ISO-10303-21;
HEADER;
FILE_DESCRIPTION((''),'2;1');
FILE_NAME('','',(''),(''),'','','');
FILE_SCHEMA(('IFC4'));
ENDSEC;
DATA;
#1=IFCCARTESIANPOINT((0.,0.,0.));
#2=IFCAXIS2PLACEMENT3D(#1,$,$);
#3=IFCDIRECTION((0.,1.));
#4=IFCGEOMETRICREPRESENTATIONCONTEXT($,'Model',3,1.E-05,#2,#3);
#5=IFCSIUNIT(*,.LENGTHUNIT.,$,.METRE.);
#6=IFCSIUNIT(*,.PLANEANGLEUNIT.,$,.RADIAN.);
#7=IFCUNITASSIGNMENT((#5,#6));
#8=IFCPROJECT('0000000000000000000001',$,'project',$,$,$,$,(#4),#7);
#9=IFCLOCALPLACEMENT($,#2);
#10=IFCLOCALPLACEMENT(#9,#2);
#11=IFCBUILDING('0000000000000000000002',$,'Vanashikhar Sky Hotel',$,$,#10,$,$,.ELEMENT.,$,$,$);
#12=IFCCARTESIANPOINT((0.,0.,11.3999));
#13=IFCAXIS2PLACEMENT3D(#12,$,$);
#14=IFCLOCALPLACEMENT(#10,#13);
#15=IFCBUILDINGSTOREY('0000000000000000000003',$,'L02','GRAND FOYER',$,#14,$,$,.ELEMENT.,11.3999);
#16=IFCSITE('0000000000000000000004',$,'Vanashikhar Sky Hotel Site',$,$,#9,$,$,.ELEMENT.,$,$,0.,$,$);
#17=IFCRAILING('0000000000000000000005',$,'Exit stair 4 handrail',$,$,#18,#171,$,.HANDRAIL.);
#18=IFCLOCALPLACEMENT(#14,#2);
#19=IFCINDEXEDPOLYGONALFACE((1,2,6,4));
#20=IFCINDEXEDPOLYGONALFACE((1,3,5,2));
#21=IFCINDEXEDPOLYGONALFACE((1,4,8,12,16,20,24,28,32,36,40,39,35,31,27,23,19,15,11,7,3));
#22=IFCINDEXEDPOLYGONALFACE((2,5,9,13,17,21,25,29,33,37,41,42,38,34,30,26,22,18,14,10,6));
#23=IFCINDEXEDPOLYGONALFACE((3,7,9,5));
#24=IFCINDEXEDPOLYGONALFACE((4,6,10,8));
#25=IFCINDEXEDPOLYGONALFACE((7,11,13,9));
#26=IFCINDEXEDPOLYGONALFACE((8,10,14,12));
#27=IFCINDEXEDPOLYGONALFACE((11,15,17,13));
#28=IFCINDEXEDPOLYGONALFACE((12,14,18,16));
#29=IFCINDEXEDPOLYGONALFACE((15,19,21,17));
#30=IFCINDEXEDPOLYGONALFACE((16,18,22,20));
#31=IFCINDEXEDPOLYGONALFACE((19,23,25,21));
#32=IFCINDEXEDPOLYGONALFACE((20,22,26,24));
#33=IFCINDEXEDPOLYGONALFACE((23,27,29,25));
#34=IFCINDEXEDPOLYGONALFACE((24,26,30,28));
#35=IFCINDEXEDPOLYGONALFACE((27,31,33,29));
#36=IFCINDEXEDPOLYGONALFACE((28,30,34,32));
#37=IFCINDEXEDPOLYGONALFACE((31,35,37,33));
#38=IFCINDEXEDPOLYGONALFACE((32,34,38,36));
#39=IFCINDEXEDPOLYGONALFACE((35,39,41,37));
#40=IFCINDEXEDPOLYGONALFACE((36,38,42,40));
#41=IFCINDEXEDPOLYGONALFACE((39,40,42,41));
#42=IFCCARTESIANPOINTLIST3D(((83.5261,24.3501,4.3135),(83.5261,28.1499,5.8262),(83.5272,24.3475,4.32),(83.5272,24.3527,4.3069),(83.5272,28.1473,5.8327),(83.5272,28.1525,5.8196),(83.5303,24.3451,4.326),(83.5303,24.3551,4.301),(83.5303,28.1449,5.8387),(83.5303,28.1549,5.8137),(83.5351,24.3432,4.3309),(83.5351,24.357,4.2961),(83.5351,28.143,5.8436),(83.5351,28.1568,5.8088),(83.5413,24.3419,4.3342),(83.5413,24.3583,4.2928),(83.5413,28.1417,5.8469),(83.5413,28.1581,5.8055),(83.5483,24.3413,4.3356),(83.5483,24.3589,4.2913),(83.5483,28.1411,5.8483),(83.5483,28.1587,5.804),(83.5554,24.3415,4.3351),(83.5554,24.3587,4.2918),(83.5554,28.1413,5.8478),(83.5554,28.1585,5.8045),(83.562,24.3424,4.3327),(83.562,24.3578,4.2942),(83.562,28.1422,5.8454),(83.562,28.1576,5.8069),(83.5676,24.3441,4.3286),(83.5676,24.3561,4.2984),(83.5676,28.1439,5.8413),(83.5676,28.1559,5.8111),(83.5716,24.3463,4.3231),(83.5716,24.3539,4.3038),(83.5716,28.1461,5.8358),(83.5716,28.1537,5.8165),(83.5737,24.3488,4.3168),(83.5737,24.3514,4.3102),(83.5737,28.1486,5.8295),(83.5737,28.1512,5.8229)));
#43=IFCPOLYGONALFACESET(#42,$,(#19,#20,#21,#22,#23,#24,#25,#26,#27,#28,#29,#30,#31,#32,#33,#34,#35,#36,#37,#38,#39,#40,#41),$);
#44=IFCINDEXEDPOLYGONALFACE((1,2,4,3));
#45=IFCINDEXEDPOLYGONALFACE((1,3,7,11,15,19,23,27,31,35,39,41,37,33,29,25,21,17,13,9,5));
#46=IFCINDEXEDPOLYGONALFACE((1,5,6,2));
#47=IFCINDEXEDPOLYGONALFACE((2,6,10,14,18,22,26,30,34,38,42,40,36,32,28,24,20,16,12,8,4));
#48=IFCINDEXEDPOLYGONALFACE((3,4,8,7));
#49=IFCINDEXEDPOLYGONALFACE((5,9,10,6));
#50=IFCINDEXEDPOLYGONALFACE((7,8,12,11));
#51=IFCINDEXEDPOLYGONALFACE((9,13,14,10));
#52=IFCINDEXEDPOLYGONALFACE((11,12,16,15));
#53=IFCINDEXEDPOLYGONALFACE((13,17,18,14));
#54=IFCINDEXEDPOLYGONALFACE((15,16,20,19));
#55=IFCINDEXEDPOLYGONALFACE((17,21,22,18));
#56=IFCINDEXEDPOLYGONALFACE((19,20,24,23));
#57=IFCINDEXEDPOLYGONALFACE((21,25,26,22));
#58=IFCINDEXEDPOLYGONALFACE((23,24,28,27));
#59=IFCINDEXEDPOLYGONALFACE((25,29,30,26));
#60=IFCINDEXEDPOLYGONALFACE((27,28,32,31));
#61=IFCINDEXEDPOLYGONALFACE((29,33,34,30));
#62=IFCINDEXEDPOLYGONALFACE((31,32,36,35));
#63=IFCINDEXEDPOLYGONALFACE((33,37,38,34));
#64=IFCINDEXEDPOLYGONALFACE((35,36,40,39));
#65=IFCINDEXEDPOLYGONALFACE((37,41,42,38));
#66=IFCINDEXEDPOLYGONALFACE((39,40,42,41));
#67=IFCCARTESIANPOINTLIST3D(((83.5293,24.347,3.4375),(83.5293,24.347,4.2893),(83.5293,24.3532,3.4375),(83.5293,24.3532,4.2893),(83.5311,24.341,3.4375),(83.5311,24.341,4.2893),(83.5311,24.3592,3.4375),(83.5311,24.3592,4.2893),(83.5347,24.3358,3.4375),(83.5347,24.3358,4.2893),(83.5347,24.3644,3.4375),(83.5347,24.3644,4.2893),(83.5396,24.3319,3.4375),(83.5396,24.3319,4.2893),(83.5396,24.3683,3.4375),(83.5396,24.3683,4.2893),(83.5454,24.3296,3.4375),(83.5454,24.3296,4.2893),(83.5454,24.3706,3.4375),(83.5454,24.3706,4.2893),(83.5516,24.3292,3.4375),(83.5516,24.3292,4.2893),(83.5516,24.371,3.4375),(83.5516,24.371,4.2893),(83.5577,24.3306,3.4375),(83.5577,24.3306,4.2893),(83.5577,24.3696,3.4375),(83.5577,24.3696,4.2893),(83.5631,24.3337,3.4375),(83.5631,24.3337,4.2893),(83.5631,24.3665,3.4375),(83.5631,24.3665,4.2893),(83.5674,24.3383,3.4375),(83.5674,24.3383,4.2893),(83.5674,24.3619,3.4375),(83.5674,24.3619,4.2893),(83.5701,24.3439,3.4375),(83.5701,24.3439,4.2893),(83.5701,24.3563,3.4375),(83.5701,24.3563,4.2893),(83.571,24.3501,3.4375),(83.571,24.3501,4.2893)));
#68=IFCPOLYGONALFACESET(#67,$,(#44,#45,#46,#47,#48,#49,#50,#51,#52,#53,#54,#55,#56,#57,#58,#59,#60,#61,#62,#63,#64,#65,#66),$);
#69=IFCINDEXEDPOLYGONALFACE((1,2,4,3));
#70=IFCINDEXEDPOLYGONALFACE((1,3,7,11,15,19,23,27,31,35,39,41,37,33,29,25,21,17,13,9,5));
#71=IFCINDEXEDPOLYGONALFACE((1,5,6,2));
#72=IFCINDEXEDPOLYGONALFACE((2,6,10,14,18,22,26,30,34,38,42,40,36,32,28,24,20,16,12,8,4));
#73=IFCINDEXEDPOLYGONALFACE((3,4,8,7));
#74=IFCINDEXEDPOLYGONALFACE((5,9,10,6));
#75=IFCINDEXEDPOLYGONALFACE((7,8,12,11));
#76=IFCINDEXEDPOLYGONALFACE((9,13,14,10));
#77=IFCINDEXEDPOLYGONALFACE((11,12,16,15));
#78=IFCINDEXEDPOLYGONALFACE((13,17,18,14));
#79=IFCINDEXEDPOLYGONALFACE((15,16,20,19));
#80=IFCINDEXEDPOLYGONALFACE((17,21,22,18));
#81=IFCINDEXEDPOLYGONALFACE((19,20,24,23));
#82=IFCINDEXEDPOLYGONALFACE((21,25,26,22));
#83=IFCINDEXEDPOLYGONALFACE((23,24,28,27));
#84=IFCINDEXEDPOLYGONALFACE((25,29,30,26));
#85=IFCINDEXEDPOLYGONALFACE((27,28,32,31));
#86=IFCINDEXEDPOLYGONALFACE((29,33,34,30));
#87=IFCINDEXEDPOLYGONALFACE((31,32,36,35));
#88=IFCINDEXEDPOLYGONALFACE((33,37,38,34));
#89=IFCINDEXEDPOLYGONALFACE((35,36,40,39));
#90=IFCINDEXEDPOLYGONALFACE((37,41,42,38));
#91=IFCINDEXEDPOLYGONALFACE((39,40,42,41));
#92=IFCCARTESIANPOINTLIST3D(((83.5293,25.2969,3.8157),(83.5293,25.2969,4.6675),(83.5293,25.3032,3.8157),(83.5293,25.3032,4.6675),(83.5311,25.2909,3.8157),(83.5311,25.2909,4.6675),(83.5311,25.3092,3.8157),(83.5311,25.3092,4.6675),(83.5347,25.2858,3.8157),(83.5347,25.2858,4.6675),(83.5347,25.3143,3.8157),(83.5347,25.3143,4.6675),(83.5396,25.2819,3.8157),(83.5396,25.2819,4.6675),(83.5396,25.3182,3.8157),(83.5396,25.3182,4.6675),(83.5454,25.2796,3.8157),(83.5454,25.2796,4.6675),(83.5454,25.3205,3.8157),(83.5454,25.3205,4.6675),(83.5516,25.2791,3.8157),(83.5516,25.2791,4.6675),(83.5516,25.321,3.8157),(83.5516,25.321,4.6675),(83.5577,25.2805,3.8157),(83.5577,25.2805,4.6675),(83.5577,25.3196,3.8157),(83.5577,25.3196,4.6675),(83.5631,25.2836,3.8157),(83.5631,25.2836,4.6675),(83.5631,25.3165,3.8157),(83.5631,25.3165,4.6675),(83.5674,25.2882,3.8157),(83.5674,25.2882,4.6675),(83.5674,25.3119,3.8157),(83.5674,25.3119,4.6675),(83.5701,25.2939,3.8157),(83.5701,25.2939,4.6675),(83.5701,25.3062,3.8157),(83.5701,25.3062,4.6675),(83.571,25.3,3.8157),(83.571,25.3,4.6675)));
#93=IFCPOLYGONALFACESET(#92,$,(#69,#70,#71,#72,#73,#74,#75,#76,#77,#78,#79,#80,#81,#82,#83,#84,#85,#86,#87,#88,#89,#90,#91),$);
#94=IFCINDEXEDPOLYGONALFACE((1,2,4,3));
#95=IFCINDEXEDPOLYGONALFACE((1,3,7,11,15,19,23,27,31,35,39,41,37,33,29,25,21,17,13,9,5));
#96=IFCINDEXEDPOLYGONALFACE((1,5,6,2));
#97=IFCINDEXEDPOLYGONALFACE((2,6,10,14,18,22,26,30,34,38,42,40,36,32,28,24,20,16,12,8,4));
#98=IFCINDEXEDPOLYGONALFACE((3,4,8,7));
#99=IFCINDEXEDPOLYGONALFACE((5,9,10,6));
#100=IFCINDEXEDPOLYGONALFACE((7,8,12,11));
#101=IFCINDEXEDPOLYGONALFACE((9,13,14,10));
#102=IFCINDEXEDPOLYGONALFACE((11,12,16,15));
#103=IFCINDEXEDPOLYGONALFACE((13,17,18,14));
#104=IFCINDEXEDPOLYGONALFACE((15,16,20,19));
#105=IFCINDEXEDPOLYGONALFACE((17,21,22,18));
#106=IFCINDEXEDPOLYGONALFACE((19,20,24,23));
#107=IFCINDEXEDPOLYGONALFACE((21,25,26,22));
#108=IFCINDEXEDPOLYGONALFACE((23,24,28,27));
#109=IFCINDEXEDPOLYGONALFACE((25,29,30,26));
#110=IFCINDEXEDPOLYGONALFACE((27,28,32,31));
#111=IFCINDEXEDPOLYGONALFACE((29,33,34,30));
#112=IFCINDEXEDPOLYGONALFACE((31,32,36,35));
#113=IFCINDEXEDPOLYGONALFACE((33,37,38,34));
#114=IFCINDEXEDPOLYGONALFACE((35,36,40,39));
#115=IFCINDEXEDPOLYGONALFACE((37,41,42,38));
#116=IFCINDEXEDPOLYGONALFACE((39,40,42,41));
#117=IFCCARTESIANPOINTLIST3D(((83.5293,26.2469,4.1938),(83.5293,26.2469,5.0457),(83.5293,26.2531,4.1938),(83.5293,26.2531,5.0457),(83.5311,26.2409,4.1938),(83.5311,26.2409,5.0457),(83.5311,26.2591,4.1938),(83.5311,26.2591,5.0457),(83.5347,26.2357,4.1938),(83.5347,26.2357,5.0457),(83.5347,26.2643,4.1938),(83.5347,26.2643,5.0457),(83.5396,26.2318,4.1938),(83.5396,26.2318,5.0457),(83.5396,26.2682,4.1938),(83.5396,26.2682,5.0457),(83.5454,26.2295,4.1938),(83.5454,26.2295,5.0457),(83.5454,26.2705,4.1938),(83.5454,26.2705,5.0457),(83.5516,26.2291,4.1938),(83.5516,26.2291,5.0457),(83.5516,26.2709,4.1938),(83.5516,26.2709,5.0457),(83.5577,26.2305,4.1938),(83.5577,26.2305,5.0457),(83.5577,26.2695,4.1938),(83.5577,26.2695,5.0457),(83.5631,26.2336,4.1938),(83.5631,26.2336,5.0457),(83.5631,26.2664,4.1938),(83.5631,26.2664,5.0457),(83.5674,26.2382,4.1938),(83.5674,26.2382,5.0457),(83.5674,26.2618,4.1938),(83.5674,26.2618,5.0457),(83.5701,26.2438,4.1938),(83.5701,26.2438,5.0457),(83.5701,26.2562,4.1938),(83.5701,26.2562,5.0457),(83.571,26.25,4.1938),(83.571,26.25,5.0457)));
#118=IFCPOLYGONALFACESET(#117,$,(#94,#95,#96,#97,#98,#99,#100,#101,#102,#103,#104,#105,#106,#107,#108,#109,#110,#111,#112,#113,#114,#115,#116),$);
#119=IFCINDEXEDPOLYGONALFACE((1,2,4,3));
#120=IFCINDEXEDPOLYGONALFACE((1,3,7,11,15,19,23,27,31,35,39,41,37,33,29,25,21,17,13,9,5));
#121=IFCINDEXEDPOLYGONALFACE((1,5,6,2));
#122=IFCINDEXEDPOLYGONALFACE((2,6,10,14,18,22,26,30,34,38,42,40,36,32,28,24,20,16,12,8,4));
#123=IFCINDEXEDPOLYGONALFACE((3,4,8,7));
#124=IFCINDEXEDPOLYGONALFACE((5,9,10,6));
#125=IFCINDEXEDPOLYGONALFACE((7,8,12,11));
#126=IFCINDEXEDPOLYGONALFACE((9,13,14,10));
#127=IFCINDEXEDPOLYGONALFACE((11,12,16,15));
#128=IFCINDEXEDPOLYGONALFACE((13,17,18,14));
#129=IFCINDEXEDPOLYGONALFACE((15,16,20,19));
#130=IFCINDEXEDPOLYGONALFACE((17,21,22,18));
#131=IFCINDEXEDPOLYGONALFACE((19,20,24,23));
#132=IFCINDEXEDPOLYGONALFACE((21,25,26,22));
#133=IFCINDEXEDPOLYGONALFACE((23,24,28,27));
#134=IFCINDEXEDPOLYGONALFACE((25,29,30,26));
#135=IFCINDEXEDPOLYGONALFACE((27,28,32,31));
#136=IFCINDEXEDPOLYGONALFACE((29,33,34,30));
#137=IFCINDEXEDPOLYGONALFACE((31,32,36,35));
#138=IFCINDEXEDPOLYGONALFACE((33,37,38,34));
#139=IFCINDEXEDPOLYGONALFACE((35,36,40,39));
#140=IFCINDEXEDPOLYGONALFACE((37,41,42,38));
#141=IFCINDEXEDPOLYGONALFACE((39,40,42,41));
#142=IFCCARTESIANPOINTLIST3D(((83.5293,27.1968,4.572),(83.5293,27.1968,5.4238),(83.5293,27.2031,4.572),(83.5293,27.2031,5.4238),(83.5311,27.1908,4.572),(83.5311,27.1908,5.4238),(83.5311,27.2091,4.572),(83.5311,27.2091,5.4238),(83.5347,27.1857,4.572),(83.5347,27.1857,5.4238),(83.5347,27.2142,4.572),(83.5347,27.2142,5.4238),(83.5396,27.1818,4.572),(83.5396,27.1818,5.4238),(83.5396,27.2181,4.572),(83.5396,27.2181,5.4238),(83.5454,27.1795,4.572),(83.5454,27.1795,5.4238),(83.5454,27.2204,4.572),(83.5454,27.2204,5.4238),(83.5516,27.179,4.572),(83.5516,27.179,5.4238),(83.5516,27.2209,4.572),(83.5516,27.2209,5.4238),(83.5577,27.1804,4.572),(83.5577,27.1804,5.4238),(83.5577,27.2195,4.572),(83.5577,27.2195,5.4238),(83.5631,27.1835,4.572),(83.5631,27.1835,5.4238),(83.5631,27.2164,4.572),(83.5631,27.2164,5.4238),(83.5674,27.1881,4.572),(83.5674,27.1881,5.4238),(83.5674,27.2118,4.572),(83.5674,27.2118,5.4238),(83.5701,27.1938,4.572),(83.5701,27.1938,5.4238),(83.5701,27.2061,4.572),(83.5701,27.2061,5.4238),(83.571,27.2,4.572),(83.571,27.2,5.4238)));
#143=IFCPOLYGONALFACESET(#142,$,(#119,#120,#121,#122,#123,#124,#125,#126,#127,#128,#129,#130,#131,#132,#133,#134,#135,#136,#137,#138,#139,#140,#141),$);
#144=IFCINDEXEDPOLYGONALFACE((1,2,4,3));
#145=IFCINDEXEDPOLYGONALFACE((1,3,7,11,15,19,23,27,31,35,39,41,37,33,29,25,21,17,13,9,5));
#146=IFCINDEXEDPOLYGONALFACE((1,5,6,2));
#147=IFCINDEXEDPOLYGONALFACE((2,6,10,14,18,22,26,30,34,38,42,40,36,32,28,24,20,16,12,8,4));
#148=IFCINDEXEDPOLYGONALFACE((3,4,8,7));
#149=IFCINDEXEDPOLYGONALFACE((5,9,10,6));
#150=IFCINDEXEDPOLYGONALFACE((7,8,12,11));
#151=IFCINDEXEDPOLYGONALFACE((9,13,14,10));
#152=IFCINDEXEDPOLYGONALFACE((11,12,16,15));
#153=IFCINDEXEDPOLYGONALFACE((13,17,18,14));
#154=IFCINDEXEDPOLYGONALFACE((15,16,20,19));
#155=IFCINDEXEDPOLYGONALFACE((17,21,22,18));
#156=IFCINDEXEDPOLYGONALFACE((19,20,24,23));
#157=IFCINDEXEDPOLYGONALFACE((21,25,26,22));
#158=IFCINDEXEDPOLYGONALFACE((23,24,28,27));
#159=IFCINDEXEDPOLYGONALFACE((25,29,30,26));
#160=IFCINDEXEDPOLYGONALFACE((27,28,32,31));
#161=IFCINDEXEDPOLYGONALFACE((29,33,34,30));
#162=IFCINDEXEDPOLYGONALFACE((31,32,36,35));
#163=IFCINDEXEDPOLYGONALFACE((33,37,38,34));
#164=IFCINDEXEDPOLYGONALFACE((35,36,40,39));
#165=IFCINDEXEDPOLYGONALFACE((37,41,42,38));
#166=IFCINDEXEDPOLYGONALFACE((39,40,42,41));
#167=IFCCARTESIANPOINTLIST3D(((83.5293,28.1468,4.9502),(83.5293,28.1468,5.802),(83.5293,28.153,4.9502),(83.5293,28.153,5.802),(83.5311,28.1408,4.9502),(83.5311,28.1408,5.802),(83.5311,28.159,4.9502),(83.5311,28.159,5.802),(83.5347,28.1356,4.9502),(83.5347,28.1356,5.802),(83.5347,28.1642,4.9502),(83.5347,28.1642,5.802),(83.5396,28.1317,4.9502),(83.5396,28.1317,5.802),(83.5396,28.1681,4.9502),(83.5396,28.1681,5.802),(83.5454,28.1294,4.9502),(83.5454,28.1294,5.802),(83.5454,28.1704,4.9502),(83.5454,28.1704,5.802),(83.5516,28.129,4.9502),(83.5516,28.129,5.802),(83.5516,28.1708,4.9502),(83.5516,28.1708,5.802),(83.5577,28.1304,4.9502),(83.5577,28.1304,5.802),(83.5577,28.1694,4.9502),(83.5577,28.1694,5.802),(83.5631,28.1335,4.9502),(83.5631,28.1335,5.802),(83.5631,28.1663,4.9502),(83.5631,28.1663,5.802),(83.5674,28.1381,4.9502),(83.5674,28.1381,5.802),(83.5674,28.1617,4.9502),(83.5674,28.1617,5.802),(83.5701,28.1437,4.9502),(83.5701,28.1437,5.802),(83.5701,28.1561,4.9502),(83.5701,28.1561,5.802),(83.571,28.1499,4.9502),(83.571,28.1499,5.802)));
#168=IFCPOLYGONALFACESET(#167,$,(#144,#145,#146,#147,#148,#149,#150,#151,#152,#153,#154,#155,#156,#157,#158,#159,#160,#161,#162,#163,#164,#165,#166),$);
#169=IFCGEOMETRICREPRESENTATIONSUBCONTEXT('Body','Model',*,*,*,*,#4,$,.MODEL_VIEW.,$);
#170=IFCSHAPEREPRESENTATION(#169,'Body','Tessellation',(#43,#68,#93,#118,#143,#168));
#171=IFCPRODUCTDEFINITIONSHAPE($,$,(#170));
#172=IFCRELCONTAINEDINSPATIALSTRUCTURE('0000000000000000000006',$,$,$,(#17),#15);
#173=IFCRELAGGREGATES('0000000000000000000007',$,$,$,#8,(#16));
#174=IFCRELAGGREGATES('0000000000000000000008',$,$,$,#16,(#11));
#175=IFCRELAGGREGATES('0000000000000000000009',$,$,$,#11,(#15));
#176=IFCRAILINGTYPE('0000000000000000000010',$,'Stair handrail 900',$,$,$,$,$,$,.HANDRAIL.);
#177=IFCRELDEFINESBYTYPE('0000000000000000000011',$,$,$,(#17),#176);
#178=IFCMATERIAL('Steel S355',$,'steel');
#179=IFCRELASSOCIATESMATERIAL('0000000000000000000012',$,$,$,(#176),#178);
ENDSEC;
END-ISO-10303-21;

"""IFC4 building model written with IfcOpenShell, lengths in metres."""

from ifc_helpers import new_model, si_unit, direction, frame, origin, origin_2d, place, context, subcontext, project, spatial, circle, extrude, source, transform, mapped, material, type_object, element, save


model = new_model("IFC4")

# Units and contexts
model_context = context("Model", 3, precision=1e-05, world=origin(), true_north=direction((0.0, 1.0)))
body_context = subcontext(model_context, "Body", "Model", "MODEL_VIEW")
ifc_project = project(units=[si_unit("LENGTHUNIT", "METRE"), si_unit("PLANEANGLEUNIT", "RADIAN")], contexts=[model_context])

# Site, building, storey
site_placement = place(None, origin())
site = spatial("IfcSite", under=ifc_project, at=site_placement, Name="Vanashikhar Sky Hotel Site", CompositionType="ELEMENT", RefElevation=0.0)
building_placement = place(site_placement, origin())
building = spatial("IfcBuilding", under=site, at=building_placement, Name="Vanashikhar Sky Hotel", CompositionType="ELEMENT")
storey_placement = place(building_placement, frame((0.0, 0.0, 11.3999)))
storey = spatial("IfcBuildingStorey", under=building, at=storey_placement, Name="L02", Description="GRAND FOYER", CompositionType="ELEMENT", Elevation=11.3999)

# Railing
ifc_material_1 = material(Name="Steel S355", Category="steel")
railing_type = type_object("IfcRailingType", Name="Stair handrail 900", PredefinedType="HANDRAIL", material=ifc_material_1)
shared_shape_1 = source(origin(), body_context, "Body", "SweptSolid", [
    extrude(circle(Radius=0.0239, at=origin_2d()), frame((0.0, 0.0, 0.876), z_axis=(0.0, 0.929085, 0.369867), x_axis=(-1.0, 0.0, 0.0)), (0.0, 0.0, 1.0), 4.0898),
    extrude(circle(Radius=0.021, at=origin_2d()), origin(), (0.0, 0.0, 1.0), 0.8518),
    extrude(circle(Radius=0.021, at=origin_2d()), frame((0.0, 0.95, 0.3782)), (0.0, 0.0, 1.0), 0.8518),
    extrude(circle(Radius=0.021, at=origin_2d()), frame((0.0, 1.8999, 0.7563)), (0.0, 0.0, 1.0), 0.8518),
    extrude(circle(Radius=0.021, at=origin_2d()), frame((0.0, 2.8499, 1.1345)), (0.0, 0.0, 1.0), 0.8518),
    extrude(circle(Radius=0.021, at=origin_2d()), frame((0.0, 3.7998, 1.5127)), (0.0, 0.0, 1.0), 0.8518),
])
railing_1_placement = place(storey_placement, frame((83.55, 24.3501, 3.4375)))
element("IfcRailing", 1, at=railing_1_placement, inside=storey, type_object=railing_type, Name="Exit stair 4 handrail", PredefinedType="HANDRAIL", context=body_context, shape_type="MappedRepresentation", body=[
    mapped(shared_shape_1, transform((0.0, 0.0, 0.0), scale=1.0)),
])

save(model, "model.ifc")
